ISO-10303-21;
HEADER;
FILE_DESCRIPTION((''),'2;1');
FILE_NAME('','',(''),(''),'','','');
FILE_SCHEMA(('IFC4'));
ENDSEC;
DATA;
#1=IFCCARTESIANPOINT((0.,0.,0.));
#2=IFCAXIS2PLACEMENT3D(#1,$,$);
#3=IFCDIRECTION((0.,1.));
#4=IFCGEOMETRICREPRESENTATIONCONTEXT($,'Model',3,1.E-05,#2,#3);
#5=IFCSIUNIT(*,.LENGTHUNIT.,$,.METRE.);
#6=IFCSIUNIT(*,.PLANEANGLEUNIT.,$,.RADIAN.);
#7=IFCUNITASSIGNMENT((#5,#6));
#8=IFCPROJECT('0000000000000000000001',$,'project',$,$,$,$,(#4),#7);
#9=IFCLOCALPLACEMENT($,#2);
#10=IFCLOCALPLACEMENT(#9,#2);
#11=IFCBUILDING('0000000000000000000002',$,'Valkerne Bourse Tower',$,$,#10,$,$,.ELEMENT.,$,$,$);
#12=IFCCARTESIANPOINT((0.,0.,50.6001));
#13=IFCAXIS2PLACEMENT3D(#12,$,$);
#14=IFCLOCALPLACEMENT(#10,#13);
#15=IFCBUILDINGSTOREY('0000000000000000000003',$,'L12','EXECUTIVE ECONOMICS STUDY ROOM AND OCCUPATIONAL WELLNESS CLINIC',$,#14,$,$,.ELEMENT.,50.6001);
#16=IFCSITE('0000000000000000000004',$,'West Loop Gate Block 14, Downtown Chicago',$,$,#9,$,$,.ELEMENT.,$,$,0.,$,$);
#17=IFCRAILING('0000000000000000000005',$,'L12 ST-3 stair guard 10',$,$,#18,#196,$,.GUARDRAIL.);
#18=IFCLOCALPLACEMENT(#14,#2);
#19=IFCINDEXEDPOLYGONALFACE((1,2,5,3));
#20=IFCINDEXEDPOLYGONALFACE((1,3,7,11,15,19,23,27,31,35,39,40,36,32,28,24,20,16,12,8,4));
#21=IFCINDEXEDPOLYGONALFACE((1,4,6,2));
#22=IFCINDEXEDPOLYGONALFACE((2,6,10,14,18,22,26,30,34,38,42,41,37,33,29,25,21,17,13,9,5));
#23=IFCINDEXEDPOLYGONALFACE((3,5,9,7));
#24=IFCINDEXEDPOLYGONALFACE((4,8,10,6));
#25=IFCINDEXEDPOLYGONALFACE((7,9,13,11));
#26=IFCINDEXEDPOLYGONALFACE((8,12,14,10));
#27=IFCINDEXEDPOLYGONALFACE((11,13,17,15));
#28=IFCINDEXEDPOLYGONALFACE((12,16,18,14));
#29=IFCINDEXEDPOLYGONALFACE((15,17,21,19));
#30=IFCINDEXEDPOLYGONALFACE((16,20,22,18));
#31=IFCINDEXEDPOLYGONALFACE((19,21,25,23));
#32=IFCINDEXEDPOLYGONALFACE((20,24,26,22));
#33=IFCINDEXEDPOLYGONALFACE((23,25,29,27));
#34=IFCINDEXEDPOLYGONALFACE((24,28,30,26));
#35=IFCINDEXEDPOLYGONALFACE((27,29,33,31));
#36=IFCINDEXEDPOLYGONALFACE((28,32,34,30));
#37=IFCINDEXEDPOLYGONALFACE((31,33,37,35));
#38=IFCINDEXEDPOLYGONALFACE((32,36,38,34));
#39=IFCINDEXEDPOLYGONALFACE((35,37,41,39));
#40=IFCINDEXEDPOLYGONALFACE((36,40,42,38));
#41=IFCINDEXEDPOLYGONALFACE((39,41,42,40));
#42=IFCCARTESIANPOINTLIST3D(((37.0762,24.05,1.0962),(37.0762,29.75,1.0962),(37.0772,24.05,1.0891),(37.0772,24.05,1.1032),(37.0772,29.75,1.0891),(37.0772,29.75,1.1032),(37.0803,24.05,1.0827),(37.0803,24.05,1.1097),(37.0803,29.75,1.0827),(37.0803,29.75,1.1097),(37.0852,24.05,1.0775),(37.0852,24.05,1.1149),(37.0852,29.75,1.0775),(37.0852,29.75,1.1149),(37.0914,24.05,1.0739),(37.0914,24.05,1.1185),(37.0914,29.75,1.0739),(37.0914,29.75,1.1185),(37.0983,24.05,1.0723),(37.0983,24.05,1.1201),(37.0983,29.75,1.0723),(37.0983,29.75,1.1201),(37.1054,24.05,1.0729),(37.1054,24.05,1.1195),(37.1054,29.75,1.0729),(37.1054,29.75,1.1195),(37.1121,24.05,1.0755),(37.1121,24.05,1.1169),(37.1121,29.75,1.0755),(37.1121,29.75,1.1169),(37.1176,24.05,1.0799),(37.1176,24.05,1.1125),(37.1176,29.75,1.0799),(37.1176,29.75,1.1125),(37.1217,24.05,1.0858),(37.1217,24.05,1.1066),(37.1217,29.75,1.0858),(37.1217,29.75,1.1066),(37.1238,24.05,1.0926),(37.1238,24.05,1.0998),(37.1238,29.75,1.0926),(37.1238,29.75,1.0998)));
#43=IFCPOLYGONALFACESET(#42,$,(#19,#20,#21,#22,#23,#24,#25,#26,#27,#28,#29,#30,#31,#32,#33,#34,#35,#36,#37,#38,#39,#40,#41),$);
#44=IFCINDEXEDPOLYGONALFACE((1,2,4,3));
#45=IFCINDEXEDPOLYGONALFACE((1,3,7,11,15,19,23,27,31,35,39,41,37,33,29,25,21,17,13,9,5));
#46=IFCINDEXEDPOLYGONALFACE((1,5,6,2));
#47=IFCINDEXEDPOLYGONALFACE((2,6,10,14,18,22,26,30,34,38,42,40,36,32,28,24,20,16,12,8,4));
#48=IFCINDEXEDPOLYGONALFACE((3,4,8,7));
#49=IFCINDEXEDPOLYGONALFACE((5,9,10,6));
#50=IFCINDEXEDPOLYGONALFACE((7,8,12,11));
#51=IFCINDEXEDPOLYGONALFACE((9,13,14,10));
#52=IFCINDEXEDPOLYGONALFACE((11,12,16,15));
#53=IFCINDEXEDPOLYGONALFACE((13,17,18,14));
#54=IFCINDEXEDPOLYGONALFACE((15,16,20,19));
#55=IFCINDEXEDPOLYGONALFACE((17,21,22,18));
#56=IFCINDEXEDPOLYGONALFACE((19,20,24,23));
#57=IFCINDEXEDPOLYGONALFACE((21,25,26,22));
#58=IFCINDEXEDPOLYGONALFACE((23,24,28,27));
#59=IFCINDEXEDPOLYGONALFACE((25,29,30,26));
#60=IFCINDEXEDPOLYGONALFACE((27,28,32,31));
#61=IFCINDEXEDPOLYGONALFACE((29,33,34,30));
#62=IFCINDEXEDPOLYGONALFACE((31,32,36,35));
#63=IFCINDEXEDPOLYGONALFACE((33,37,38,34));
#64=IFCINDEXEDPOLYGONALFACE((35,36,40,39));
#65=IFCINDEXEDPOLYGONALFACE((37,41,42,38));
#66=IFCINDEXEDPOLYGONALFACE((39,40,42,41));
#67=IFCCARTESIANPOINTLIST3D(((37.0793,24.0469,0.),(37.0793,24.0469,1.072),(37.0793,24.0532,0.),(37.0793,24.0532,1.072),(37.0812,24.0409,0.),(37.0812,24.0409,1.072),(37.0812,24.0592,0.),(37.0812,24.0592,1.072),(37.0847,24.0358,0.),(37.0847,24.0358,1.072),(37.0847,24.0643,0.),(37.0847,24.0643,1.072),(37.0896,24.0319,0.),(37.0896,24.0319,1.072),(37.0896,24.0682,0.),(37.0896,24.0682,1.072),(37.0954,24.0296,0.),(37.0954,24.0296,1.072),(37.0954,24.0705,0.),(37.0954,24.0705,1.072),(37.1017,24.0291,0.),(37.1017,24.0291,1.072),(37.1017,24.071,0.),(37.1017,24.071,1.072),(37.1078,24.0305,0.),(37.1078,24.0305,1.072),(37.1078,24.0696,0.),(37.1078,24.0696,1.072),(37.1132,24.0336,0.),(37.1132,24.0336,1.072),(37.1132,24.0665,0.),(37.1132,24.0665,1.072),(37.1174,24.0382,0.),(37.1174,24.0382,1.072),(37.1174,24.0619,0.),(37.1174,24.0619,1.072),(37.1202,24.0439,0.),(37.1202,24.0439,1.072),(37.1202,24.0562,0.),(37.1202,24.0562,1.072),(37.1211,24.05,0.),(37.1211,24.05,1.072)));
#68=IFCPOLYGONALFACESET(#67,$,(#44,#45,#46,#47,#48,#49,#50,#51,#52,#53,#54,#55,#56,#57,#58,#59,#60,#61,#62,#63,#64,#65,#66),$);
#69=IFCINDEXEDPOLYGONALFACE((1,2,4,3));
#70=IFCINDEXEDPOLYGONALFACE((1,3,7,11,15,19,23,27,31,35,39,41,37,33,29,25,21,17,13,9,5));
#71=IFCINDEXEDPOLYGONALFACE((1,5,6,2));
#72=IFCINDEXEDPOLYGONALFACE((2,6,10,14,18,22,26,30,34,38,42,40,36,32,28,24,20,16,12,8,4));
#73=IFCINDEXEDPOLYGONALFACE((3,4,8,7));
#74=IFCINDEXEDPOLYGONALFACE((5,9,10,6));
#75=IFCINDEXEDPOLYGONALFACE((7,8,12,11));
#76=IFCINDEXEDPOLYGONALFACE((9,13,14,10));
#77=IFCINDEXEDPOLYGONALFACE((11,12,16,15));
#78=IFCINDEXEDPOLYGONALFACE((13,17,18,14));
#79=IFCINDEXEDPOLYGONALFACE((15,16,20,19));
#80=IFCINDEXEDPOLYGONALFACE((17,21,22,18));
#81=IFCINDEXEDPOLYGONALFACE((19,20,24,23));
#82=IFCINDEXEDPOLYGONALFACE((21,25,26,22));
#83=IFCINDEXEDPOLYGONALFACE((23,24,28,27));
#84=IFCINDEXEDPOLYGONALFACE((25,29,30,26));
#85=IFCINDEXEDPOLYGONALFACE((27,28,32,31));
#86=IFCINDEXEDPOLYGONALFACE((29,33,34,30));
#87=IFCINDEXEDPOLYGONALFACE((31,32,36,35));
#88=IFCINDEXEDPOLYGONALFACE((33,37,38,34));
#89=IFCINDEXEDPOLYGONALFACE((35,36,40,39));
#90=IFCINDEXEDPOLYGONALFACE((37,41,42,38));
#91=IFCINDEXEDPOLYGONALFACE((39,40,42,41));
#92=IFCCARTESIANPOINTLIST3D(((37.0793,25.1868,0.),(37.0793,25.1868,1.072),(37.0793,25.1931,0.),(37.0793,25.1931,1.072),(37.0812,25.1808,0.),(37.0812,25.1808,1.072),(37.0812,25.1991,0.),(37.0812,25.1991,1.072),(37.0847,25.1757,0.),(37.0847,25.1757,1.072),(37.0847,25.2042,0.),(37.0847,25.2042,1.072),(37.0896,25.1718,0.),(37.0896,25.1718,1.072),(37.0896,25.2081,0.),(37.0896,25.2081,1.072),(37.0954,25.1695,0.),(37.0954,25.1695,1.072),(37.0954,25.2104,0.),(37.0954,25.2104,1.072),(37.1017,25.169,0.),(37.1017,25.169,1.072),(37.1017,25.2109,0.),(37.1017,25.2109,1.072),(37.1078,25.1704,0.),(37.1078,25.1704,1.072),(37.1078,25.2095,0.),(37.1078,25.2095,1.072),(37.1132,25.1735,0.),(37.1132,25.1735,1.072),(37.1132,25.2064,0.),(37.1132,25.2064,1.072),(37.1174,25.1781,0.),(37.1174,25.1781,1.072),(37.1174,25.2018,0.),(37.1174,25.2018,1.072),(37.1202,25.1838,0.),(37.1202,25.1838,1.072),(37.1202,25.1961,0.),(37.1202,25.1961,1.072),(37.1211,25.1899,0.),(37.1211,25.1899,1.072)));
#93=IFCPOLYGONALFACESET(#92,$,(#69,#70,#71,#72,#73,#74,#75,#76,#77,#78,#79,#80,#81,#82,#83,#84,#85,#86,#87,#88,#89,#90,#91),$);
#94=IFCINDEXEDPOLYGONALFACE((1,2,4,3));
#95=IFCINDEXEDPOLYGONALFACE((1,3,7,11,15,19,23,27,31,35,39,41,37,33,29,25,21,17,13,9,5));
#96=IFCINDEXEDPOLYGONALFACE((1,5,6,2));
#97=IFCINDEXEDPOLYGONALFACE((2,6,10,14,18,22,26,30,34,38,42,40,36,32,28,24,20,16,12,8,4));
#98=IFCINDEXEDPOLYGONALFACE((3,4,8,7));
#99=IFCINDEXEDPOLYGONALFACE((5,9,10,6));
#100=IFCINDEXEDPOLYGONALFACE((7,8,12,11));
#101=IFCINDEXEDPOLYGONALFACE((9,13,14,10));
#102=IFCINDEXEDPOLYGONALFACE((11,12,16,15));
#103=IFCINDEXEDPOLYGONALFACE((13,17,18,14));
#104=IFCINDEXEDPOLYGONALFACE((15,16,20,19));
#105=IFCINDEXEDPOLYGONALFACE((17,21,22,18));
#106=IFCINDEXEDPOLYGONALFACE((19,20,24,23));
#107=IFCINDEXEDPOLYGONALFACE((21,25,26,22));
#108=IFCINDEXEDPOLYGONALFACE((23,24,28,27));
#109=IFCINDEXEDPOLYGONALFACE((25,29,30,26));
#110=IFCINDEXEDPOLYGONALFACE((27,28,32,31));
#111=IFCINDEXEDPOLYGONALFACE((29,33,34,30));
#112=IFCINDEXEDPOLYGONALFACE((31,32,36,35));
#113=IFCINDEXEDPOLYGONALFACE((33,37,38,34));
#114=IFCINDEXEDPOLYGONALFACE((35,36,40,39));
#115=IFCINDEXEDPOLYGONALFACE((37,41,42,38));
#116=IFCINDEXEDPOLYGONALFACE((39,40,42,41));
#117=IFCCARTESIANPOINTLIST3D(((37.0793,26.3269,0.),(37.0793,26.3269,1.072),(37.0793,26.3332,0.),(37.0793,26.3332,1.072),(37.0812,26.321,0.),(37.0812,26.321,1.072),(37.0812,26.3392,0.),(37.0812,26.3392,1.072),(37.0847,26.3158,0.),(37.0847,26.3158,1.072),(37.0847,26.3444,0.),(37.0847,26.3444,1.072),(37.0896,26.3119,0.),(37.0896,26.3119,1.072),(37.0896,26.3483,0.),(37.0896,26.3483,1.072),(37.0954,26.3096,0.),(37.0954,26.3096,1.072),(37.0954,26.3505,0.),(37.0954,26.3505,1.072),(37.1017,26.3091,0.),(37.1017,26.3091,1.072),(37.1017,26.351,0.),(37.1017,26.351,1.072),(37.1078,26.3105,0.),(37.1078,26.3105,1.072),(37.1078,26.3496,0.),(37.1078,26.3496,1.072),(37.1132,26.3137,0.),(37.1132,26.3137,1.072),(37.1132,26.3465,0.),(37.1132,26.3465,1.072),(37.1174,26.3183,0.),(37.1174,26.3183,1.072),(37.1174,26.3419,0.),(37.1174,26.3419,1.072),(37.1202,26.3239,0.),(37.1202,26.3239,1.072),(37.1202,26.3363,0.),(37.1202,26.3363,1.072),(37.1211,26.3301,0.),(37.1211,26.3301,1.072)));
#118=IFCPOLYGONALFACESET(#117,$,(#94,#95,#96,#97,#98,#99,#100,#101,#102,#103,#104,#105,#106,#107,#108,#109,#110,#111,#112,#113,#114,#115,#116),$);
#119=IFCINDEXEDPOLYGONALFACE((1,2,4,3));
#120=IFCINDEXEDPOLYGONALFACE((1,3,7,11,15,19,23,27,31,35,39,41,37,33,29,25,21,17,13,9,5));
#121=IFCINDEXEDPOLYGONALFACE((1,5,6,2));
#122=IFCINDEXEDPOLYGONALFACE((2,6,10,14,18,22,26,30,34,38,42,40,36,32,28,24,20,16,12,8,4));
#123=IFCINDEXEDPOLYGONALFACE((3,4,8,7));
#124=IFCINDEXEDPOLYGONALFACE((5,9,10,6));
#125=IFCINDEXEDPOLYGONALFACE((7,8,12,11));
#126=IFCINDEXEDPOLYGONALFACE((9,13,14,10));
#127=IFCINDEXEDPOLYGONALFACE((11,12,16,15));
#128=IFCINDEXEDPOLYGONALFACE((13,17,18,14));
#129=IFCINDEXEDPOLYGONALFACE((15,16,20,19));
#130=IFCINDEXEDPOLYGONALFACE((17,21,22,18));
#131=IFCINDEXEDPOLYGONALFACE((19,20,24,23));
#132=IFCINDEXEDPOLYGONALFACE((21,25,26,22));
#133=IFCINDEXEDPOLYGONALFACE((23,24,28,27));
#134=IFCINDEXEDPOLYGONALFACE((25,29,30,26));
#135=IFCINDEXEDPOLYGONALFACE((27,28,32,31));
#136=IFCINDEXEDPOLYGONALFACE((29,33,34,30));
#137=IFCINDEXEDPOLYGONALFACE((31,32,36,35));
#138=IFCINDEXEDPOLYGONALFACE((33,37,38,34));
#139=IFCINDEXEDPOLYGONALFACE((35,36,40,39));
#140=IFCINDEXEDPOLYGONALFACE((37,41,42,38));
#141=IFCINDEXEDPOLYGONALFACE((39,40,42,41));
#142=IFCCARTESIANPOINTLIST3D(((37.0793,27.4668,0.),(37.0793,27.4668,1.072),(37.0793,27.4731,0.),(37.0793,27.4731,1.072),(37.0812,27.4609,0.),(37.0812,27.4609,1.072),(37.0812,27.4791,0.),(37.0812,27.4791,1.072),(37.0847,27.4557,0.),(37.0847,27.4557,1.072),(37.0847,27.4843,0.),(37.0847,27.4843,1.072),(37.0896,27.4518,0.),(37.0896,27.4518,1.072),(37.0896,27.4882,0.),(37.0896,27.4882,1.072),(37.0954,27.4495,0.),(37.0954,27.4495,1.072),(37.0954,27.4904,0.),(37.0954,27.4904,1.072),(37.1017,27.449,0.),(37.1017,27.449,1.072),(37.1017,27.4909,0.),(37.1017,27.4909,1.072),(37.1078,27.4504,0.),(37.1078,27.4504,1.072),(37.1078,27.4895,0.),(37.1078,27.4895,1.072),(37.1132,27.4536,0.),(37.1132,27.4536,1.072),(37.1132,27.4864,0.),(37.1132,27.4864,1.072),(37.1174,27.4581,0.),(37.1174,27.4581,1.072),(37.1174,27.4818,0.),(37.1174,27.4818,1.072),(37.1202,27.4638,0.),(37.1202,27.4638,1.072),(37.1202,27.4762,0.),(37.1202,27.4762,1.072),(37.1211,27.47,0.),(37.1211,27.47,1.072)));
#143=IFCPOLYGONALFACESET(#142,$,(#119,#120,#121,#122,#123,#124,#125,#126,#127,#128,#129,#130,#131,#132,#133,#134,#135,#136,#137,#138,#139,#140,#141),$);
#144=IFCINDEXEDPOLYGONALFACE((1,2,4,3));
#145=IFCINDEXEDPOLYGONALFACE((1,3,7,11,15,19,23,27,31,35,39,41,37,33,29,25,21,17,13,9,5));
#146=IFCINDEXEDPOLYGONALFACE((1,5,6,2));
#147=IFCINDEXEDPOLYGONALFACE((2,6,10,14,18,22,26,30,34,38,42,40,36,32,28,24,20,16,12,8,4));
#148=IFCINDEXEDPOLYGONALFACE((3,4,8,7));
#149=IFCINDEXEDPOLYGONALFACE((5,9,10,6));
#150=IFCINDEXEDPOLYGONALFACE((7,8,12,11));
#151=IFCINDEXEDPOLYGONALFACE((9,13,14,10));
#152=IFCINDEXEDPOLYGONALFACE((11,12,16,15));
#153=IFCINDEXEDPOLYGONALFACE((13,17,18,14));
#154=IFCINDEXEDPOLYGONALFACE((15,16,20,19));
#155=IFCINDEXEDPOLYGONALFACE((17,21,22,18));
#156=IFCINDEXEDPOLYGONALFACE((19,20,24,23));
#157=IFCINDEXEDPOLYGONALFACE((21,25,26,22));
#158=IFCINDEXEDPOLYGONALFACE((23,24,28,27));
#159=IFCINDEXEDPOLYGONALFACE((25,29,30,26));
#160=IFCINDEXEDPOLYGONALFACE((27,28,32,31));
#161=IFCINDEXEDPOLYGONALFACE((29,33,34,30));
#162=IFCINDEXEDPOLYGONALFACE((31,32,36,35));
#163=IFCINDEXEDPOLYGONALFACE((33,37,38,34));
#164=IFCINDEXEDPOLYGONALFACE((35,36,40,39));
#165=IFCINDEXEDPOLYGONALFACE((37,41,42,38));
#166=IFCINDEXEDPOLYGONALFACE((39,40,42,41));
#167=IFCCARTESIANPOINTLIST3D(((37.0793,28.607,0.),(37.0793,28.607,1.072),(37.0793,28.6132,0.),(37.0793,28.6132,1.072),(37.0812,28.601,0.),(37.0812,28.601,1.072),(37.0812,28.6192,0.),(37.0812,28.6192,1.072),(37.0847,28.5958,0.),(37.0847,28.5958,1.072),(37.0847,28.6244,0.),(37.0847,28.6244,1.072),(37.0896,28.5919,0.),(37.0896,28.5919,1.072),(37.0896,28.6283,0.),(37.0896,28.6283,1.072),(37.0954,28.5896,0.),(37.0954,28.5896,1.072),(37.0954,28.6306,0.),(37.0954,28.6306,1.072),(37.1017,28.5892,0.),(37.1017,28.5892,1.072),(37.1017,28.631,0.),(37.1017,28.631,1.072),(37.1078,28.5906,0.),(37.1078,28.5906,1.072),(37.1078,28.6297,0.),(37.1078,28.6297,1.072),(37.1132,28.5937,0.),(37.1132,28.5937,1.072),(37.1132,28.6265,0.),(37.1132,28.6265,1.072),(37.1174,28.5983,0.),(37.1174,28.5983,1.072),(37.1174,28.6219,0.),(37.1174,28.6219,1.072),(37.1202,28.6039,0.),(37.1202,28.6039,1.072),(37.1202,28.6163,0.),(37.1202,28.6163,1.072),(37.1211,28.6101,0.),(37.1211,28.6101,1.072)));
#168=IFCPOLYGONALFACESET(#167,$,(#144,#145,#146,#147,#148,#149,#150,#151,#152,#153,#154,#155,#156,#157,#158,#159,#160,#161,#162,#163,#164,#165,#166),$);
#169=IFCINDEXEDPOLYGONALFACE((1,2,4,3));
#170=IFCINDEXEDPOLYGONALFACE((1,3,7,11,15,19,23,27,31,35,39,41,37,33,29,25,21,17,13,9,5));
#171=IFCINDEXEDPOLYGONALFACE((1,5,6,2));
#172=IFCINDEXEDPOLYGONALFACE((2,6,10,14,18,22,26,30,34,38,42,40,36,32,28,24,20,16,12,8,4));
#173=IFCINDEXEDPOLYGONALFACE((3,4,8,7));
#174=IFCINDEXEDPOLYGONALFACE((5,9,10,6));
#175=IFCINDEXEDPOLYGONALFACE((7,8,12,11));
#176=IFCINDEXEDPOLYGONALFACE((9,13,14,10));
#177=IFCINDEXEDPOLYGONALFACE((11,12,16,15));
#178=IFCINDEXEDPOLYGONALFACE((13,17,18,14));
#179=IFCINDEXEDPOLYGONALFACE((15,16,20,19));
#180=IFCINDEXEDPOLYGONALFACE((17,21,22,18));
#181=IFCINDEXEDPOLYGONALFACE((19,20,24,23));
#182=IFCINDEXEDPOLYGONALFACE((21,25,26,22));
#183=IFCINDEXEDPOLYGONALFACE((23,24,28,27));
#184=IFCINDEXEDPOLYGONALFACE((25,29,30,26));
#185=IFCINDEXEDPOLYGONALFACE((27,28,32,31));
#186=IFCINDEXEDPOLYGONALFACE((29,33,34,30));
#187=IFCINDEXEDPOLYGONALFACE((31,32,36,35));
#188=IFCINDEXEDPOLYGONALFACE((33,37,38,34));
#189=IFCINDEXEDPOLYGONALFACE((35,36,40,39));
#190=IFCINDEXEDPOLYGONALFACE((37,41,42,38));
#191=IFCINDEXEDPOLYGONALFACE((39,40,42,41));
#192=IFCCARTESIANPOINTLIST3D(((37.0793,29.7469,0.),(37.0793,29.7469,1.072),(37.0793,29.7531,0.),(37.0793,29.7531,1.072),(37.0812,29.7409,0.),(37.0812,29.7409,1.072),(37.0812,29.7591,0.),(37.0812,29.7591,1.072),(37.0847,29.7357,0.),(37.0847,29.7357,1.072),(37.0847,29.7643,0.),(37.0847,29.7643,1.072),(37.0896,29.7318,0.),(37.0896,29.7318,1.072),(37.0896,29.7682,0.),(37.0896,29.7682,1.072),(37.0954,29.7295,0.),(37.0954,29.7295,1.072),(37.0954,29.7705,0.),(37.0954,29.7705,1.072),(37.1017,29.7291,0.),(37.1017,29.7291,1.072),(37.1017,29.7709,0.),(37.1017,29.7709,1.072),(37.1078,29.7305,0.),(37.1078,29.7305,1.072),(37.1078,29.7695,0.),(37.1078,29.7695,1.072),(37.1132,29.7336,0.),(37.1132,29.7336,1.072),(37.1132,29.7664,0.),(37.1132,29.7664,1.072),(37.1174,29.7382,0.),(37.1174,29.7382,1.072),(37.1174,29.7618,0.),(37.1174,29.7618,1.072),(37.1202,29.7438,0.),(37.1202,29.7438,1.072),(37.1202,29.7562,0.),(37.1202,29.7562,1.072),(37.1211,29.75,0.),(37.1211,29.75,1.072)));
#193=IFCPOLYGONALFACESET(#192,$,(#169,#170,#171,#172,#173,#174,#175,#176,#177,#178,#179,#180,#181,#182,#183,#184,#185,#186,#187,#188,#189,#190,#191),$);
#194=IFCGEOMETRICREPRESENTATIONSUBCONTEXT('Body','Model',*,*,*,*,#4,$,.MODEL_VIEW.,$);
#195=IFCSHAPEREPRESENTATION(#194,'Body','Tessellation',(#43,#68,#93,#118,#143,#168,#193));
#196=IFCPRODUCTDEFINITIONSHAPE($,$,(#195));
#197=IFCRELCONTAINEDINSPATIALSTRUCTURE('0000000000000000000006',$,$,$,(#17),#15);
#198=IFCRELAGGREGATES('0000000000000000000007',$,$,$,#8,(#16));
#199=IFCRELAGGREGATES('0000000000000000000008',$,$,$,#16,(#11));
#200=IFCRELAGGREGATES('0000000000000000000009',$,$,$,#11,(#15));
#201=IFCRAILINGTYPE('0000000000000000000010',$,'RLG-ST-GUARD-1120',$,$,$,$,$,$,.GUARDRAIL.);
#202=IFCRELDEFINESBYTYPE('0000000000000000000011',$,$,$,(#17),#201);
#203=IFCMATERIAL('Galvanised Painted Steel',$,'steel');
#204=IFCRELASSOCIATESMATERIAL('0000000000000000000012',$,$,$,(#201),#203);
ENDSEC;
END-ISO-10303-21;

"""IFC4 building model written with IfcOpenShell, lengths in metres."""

from ifc_helpers import new_model, si_unit, direction, frame, origin, origin_2d, place, context, subcontext, project, spatial, circle, extrude, material, type_object, element, save


model = new_model("IFC4")

# Units and contexts
model_context = context("Model", 3, precision=1e-05, world=origin(), true_north=direction((0.0, 1.0)))
body_context = subcontext(model_context, "Body", "Model", "MODEL_VIEW")
ifc_project = project(units=[si_unit("LENGTHUNIT", "METRE"), si_unit("PLANEANGLEUNIT", "RADIAN")], contexts=[model_context])

# Site, building, storey
site_placement = place(None, origin())
site = spatial("IfcSite", under=ifc_project, at=site_placement, Name="West Loop Gate Block 14, Downtown Chicago", CompositionType="ELEMENT", RefElevation=0.0)
building_placement = place(site_placement, origin())
building = spatial("IfcBuilding", under=site, at=building_placement, Name="Valkerne Bourse Tower", CompositionType="ELEMENT")
storey_placement = place(building_placement, frame((0.0, 0.0, 50.6001)))
storey = spatial("IfcBuildingStorey", under=building, at=storey_placement, Name="L12", Description="EXECUTIVE ECONOMICS STUDY ROOM AND OCCUPATIONAL WELLNESS CLINIC", CompositionType="ELEMENT", Elevation=50.6001)

# Shared definitions
ifc_material_1 = material(Name="Galvanised Painted Steel", Category="steel")

# Railing
railing_type_1 = type_object("IfcRailingType", Name="RLG-ST-GUARD-1120", PredefinedType="GUARDRAIL", material=ifc_material_1)
for number, where, name in (
    (1, (37.1001, 24.05, 0.0), "L12 ST-3 stair guard 10"),
):
    element("IfcRailing", number, at=place(storey_placement, frame(where)), inside=storey, type_object=railing_type_1, Name=name, PredefinedType="GUARDRAIL", context=body_context, shape_type="SweptSolid", body=[
        extrude(circle(Radius=0.0239, at=origin_2d()), frame((0.0, 0.0, 1.0962), z_axis=(0.0, 1.0, 0.0), x_axis=(-1.0, 0.0, 0.0)), (0.0, 0.0, 1.0), 5.7),
        extrude(circle(Radius=0.021, at=origin_2d()), origin(), (0.0, 0.0, 1.0), 1.072),
        extrude(circle(Radius=0.021, at=origin_2d()), frame((0.0, 1.1399, 0.0)), (0.0, 0.0, 1.0), 1.072),
        extrude(circle(Radius=0.021, at=origin_2d()), frame((0.0, 2.28, 0.0)), (0.0, 0.0, 1.0), 1.072),
        extrude(circle(Radius=0.021, at=origin_2d()), frame((0.0, 3.4199, 0.0)), (0.0, 0.0, 1.0), 1.072),
        extrude(circle(Radius=0.021, at=origin_2d()), frame((0.0, 4.5601, 0.0)), (0.0, 0.0, 1.0), 1.072),
        extrude(circle(Radius=0.021, at=origin_2d()), frame((0.0, 5.7, 0.0)), (0.0, 0.0, 1.0), 1.072),
    ])

save(model, "model.ifc")
